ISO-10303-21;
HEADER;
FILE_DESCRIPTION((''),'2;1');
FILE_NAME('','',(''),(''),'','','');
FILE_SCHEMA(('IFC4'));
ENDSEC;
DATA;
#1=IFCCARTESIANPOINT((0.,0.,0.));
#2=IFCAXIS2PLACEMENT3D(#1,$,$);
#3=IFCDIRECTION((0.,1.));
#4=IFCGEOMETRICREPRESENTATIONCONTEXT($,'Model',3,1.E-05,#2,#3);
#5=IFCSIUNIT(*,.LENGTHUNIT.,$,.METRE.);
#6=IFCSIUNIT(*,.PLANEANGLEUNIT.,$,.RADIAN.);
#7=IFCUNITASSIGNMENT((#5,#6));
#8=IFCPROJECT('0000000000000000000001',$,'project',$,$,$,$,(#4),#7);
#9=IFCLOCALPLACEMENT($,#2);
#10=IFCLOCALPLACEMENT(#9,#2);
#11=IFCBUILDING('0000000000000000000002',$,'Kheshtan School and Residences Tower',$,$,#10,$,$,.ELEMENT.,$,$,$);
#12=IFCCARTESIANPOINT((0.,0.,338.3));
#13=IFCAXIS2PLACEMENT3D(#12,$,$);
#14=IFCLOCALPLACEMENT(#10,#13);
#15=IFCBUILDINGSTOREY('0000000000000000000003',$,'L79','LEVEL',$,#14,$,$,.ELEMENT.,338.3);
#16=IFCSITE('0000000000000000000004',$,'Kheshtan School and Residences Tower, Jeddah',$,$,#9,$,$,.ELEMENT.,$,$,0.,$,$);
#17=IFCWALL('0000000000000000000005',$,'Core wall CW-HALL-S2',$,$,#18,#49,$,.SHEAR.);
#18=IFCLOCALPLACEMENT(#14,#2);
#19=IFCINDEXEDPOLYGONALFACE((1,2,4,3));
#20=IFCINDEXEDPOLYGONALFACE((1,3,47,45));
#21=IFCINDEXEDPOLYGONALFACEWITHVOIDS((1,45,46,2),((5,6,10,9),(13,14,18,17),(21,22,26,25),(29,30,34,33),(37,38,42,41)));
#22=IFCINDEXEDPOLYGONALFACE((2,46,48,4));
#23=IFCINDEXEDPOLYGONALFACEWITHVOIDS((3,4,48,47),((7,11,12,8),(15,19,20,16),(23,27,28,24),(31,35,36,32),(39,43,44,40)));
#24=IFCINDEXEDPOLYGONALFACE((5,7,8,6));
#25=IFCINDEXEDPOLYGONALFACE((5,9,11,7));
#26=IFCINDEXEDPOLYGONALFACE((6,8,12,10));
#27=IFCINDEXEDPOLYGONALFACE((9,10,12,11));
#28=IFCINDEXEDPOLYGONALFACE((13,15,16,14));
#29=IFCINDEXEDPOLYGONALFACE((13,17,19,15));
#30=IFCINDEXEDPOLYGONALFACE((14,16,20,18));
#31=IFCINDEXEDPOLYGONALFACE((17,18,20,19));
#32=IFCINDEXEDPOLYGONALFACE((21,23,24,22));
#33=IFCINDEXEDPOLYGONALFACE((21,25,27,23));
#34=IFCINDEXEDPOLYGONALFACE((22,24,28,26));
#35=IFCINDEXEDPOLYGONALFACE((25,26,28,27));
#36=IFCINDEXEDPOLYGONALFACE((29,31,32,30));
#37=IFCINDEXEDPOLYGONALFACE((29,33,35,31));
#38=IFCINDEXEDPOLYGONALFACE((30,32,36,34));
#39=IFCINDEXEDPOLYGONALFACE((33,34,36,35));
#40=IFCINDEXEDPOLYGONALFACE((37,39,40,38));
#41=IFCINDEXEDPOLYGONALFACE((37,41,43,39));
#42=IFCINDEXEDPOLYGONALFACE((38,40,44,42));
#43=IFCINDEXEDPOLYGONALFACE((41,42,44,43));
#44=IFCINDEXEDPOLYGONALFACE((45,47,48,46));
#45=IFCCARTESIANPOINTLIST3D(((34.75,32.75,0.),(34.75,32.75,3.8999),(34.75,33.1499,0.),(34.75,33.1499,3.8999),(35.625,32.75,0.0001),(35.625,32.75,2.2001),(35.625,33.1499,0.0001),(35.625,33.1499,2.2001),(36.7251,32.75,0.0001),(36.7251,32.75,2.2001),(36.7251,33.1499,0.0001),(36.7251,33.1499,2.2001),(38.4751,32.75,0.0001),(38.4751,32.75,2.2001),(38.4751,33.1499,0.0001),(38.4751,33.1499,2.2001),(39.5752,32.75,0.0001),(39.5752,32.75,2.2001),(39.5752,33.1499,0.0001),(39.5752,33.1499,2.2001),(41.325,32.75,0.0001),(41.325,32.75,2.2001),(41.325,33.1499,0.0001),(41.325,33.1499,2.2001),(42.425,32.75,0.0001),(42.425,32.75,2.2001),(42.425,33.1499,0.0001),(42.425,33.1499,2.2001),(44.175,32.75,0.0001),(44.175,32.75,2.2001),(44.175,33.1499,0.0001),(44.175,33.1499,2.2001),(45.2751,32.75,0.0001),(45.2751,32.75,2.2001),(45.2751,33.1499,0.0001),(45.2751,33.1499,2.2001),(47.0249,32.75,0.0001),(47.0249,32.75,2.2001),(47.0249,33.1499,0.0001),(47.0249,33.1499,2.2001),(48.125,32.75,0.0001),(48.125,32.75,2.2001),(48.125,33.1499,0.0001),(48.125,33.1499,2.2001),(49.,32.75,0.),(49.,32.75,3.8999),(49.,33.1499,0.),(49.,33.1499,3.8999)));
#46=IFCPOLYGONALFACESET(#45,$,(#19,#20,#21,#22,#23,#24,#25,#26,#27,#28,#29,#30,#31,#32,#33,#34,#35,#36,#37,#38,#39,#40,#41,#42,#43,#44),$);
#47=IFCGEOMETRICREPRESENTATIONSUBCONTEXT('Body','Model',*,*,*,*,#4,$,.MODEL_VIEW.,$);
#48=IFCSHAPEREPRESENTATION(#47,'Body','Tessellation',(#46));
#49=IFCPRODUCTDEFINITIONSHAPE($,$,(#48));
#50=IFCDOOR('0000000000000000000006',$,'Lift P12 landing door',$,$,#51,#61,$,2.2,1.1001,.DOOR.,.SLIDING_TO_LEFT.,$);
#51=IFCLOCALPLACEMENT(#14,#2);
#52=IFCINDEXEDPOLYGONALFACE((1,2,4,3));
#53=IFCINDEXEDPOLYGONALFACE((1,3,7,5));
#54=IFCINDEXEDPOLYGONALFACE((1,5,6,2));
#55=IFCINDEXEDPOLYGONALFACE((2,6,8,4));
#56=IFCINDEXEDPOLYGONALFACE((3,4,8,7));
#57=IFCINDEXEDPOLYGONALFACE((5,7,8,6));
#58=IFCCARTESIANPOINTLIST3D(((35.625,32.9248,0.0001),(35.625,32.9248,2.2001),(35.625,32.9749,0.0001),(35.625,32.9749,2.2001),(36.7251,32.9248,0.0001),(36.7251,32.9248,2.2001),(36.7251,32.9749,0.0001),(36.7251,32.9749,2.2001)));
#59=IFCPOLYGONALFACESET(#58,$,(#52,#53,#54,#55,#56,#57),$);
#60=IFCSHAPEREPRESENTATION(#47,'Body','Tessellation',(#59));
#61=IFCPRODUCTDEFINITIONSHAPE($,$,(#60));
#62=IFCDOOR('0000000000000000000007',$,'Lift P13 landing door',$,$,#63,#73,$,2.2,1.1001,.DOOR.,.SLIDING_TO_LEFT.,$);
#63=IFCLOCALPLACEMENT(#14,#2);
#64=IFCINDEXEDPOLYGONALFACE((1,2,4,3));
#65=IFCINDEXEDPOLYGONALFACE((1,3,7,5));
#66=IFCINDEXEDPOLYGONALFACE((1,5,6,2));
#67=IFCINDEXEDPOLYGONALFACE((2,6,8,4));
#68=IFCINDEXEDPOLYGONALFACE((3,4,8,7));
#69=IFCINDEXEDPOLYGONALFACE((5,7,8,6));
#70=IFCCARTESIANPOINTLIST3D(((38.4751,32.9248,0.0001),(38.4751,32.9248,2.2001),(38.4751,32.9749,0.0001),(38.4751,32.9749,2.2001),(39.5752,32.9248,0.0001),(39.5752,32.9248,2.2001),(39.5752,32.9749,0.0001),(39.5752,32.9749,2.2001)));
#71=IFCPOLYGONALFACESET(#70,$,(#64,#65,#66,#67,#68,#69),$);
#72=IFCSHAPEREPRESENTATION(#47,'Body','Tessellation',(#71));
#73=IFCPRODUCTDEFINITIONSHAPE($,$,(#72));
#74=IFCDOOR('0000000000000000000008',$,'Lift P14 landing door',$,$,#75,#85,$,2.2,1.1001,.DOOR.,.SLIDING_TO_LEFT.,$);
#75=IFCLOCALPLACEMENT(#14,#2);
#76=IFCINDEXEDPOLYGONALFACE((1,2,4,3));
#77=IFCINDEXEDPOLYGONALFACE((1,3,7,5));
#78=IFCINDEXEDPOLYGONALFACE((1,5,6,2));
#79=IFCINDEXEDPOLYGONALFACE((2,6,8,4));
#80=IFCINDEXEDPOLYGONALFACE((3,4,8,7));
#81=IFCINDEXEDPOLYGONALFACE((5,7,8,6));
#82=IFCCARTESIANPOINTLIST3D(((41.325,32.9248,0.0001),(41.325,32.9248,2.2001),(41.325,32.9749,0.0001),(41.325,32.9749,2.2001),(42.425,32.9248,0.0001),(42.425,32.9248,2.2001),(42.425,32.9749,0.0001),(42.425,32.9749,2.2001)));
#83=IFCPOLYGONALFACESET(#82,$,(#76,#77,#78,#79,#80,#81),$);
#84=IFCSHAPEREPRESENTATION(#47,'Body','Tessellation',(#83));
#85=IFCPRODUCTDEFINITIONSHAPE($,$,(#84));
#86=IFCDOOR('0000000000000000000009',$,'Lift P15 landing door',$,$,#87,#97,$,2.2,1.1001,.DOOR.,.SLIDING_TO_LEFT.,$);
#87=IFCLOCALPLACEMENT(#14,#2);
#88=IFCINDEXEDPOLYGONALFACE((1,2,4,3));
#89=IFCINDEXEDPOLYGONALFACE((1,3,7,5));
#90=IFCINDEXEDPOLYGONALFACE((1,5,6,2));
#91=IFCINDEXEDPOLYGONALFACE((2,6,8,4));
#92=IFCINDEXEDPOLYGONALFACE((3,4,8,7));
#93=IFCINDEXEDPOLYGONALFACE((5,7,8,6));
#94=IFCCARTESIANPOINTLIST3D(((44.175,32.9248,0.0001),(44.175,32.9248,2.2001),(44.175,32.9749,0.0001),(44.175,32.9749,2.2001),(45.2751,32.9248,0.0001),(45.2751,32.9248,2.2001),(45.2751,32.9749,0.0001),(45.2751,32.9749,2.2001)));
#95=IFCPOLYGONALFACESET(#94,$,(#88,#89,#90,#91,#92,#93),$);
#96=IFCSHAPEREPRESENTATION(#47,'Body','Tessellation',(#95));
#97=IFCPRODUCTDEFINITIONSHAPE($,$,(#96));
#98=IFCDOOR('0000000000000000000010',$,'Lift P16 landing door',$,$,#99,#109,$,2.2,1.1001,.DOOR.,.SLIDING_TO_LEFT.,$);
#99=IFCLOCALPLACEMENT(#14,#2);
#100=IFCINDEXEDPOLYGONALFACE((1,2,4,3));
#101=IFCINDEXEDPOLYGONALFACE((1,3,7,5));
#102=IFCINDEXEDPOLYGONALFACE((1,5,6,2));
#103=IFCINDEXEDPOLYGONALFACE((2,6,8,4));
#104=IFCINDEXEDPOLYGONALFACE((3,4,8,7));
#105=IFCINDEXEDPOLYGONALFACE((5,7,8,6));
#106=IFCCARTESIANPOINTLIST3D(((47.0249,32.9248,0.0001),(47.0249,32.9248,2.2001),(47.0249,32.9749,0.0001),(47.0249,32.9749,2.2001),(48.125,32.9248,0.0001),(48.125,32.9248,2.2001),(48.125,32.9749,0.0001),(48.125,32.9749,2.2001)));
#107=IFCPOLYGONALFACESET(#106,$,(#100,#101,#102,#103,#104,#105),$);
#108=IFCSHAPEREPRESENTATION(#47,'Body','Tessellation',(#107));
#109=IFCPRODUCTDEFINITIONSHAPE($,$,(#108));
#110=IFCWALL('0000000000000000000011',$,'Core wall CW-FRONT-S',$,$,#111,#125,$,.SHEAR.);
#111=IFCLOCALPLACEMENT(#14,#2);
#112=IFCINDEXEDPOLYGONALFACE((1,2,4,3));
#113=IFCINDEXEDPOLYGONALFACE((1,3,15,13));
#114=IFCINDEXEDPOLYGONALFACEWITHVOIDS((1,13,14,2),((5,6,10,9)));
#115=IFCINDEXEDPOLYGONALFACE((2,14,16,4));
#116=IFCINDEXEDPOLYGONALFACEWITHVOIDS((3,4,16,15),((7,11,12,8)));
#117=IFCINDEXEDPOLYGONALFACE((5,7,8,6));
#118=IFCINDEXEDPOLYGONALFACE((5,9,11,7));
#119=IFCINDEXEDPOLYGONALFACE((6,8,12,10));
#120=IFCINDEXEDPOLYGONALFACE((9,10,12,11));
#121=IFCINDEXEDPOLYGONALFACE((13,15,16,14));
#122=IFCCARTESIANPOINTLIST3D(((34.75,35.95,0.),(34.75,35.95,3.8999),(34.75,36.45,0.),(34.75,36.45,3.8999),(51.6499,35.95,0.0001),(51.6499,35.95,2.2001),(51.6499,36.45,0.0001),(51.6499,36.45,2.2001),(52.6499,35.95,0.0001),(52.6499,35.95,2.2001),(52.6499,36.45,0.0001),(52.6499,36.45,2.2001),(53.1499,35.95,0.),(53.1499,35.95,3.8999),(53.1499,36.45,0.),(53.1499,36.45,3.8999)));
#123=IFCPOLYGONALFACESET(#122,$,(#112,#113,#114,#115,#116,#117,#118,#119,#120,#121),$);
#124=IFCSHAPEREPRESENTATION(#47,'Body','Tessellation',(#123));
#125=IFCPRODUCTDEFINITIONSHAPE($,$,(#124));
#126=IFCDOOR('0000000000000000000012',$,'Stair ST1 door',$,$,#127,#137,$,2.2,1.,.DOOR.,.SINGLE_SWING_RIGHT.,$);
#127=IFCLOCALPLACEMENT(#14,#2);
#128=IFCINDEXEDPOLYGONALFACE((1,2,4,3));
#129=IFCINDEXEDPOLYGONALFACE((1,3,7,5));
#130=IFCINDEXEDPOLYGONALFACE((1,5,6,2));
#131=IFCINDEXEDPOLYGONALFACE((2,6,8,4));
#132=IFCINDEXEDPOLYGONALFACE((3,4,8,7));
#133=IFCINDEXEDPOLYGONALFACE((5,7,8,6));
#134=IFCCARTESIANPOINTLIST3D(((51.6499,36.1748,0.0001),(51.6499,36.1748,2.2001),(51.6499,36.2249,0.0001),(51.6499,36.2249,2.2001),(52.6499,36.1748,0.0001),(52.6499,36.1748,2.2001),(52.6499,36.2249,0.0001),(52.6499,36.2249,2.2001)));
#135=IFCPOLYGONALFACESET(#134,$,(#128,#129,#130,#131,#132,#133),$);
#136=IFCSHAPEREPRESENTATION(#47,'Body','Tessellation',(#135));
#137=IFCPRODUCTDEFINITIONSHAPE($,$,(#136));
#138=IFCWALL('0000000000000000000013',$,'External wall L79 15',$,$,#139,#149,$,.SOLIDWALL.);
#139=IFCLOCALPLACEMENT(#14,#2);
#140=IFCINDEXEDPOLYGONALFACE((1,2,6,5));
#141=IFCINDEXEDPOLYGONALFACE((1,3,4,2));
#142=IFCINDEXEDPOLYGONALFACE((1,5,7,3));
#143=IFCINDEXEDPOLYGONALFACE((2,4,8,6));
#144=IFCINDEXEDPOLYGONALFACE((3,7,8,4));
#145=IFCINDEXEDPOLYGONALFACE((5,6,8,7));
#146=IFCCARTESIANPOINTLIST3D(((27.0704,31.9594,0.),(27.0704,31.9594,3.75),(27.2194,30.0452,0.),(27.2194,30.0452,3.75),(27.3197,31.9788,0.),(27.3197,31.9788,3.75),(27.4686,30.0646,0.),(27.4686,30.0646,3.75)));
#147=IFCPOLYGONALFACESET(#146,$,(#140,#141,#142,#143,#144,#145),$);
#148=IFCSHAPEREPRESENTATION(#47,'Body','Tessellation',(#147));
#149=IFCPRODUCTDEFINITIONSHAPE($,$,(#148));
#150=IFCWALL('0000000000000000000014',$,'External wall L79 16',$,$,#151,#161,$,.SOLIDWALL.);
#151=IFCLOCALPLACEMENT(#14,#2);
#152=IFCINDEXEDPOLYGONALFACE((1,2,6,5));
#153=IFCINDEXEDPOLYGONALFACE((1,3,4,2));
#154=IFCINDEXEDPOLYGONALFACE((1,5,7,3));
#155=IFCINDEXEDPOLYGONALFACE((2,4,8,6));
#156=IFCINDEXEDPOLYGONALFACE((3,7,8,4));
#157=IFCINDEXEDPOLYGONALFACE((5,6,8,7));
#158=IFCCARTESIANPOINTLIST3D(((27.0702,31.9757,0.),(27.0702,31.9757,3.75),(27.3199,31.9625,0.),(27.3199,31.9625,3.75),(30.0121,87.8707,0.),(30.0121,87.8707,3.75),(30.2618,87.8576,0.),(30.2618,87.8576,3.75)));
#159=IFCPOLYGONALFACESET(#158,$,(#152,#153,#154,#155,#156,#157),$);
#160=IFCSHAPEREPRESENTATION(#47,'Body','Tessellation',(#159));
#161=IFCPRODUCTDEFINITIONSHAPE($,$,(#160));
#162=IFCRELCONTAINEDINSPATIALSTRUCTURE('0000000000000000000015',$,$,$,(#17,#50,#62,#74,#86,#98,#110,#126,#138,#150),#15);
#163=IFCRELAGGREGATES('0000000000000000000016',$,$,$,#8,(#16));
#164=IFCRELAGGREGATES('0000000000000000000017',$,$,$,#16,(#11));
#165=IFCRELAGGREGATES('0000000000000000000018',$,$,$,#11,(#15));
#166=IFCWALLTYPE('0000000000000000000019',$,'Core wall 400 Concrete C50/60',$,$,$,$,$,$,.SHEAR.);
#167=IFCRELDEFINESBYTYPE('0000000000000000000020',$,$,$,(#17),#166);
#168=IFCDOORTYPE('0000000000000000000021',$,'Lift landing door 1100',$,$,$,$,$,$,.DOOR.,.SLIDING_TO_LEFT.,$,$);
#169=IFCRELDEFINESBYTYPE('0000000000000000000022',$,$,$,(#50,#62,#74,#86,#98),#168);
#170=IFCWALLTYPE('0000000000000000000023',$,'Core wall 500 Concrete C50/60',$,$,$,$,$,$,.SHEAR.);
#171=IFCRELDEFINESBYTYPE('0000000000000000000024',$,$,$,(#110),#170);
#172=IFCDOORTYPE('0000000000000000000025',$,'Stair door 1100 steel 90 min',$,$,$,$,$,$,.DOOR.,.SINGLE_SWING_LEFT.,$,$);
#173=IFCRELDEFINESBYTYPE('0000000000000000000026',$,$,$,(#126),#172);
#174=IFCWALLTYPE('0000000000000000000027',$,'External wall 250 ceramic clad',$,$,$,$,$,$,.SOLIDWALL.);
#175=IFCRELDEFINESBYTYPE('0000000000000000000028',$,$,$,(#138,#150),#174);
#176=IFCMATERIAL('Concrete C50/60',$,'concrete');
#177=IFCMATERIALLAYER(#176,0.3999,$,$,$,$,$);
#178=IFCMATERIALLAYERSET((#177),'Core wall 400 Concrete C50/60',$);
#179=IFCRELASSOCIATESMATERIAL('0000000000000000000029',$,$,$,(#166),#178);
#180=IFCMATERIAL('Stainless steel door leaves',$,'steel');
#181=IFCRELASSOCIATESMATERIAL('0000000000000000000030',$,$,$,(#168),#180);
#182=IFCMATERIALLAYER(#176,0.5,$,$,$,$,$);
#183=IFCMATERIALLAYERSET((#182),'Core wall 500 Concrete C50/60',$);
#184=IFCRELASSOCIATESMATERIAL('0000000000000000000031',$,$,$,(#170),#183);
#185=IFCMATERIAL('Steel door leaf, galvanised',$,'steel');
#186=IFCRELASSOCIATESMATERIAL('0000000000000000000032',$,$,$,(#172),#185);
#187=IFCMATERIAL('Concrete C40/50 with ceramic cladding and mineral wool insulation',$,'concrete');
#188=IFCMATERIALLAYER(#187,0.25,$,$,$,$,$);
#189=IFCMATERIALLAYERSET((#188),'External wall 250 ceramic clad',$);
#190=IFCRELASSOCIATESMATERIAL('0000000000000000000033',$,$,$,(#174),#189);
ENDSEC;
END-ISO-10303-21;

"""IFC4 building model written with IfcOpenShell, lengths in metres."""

from ifc_helpers import new_model, si_unit, direction, frame, frame_2d, origin, place, context, subcontext, project, spatial, rectangle, extrude, source, transform, mapped, material, layer, layer_set, type_object, element, fill, save


model = new_model("IFC4")

# Units and contexts
model_context = context("Model", 3, precision=1e-05, world=origin(), true_north=direction((0.0, 1.0)))
body_context = subcontext(model_context, "Body", "Model", "MODEL_VIEW")
ifc_project = project(units=[si_unit("LENGTHUNIT", "METRE"), si_unit("PLANEANGLEUNIT", "RADIAN")], contexts=[model_context])

# Site, building, storey
site_placement = place(None, origin())
site = spatial("IfcSite", under=ifc_project, at=site_placement, Name="Kheshtan School and Residences Tower, Jeddah", CompositionType="ELEMENT", RefElevation=0.0)
building_placement = place(site_placement, origin())
building = spatial("IfcBuilding", under=site, at=building_placement, Name="Kheshtan School and Residences Tower", CompositionType="ELEMENT")
storey_placement = place(building_placement, frame((0.0, 0.0, 338.3)))
storey = spatial("IfcBuildingStorey", under=building, at=storey_placement, Name="L79", Description="LEVEL", CompositionType="ELEMENT", Elevation=338.3)

# Wall, openings, doors
ifc_material_1 = material(Name="Concrete C50/60", Category="concrete")
ifc_layer_1 = layer(ifc_material_1, 0.3999)
ifc_layer_set_1 = layer_set([ifc_layer_1], Name="Core wall 400 Concrete C50/60")
wall_type_1 = type_object("IfcWallType", Name="Core wall 400 Concrete C50/60", PredefinedType="SHEAR", material=ifc_layer_set_1)
wall_1_placement = place(storey_placement, frame((34.75, 32.95, 0.0), z_axis=(0.0, 0.0, 1.0), x_axis=(1.0, 0.0, 0.0)))
wall_1 = element("IfcWall", 1, at=wall_1_placement, inside=storey, type_object=wall_type_1, Name="Core wall CW-HALL-S2", PredefinedType="SHEAR", context=body_context, shape_type="SweptSolid", body=[
    extrude(rectangle(XDim=14.25, YDim=0.3999, at=frame_2d((7.125, 0.0))), origin(), (0.0, 0.0, 1.0), 3.8999),
])
opening_1_placement = place(wall_1_placement, frame((0.875, 0.0, 0.0)))
opening_1 = element("IfcOpeningElement", 2, at=opening_1_placement, cuts=wall_1, PredefinedType="OPENING", context=body_context, shape_type="SweptSolid", body=[
    extrude(rectangle(XDim=1.1001, YDim=2.2, at=frame_2d((0.55, 1.1001))), frame((0.0, 0.21, 0.0), z_axis=(0.0, -1.0, 0.0), x_axis=(1.0, 0.0, 0.0)), (0.0, 0.0, 1.0), 0.4199),
])
opening_2_placement = place(wall_1_placement, frame((3.7251, 0.0, 0.0)))
opening_2 = element("IfcOpeningElement", 3, at=opening_2_placement, cuts=wall_1, PredefinedType="OPENING", context=body_context, shape_type="SweptSolid", body=[
    extrude(rectangle(XDim=1.1001, YDim=2.2, at=frame_2d((0.55, 1.1001))), frame((0.0, 0.21, 0.0), z_axis=(0.0, -1.0, 0.0), x_axis=(1.0, 0.0, 0.0)), (0.0, 0.0, 1.0), 0.4199),
])
opening_3_placement = place(wall_1_placement, frame((6.575, 0.0, 0.0)))
opening_3 = element("IfcOpeningElement", 4, at=opening_3_placement, cuts=wall_1, PredefinedType="OPENING", context=body_context, shape_type="SweptSolid", body=[
    extrude(rectangle(XDim=1.1001, YDim=2.2, at=frame_2d((0.55, 1.1001))), frame((0.0, 0.21, 0.0), z_axis=(0.0, -1.0, 0.0), x_axis=(1.0, 0.0, 0.0)), (0.0, 0.0, 1.0), 0.4199),
])
opening_4_placement = place(wall_1_placement, frame((9.425, 0.0, 0.0)))
opening_4 = element("IfcOpeningElement", 5, at=opening_4_placement, cuts=wall_1, PredefinedType="OPENING", context=body_context, shape_type="SweptSolid", body=[
    extrude(rectangle(XDim=1.1001, YDim=2.2, at=frame_2d((0.55, 1.1001))), frame((0.0, 0.21, 0.0), z_axis=(0.0, -1.0, 0.0), x_axis=(1.0, 0.0, 0.0)), (0.0, 0.0, 1.0), 0.4199),
])
opening_5_placement = place(wall_1_placement, frame((12.2749, 0.0, 0.0)))
opening_5 = element("IfcOpeningElement", 6, at=opening_5_placement, cuts=wall_1, PredefinedType="OPENING", context=body_context, shape_type="SweptSolid", body=[
    extrude(rectangle(XDim=1.1001, YDim=2.2, at=frame_2d((0.55, 1.1001))), frame((0.0, 0.21, 0.0), z_axis=(0.0, -1.0, 0.0), x_axis=(1.0, 0.0, 0.0)), (0.0, 0.0, 1.0), 0.4199),
])
ifc_material_2 = material(Name="Stainless steel door leaves", Category="steel")
door_type_1 = type_object("IfcDoorType", Name="Lift landing door 1100", OperationType="SLIDING_TO_LEFT", PredefinedType="DOOR", material=ifc_material_2)
shared_shape_1 = source(origin(), body_context, "Body", "SweptSolid", [
    extrude(rectangle(XDim=1.1001, YDim=2.2, at=frame_2d((0.55, 1.1001))), frame((0.0, 0.0249, 0.0), z_axis=(0.0, -1.0, 0.0), x_axis=(1.0, 0.0, 0.0)), (0.0, 0.0, 1.0), 0.05),
])
door_1_placement = place(opening_1_placement, origin())
door_1 = element("IfcDoor", 7, at=door_1_placement, inside=storey, type_object=door_type_1, Name="Lift P12 landing door", OperationType="SLIDING_TO_LEFT", OverallHeight=2.2, OverallWidth=1.1001, PredefinedType="DOOR", context=body_context, shape_type="MappedRepresentation", body=[
    mapped(shared_shape_1, transform((0.0, 0.0, 0.0), x_axis=(1.0, 0.0, 0.0), y_axis=(0.0, 1.0, 0.0), z_axis=(0.0, 0.0, 1.0), scale=1.0)),
])
fill(opening_1, door_1)
door_2_placement = place(opening_2_placement, origin())
door_2 = element("IfcDoor", 8, at=door_2_placement, inside=storey, type_object=door_type_1, Name="Lift P13 landing door", OperationType="SLIDING_TO_LEFT", OverallHeight=2.2, OverallWidth=1.1001, PredefinedType="DOOR", context=body_context, shape_type="MappedRepresentation", body=[
    mapped(shared_shape_1, transform((0.0, 0.0, 0.0), x_axis=(1.0, 0.0, 0.0), y_axis=(0.0, 1.0, 0.0), z_axis=(0.0, 0.0, 1.0), scale=1.0)),
])
fill(opening_2, door_2)
door_3_placement = place(opening_3_placement, origin())
door_3 = element("IfcDoor", 9, at=door_3_placement, inside=storey, type_object=door_type_1, Name="Lift P14 landing door", OperationType="SLIDING_TO_LEFT", OverallHeight=2.2, OverallWidth=1.1001, PredefinedType="DOOR", context=body_context, shape_type="MappedRepresentation", body=[
    mapped(shared_shape_1, transform((0.0, 0.0, 0.0), x_axis=(1.0, 0.0, 0.0), y_axis=(0.0, 1.0, 0.0), z_axis=(0.0, 0.0, 1.0), scale=1.0)),
])
fill(opening_3, door_3)
door_4_placement = place(opening_4_placement, origin())
door_4 = element("IfcDoor", 10, at=door_4_placement, inside=storey, type_object=door_type_1, Name="Lift P15 landing door", OperationType="SLIDING_TO_LEFT", OverallHeight=2.2, OverallWidth=1.1001, PredefinedType="DOOR", context=body_context, shape_type="MappedRepresentation", body=[
    mapped(shared_shape_1, transform((0.0, 0.0, 0.0), x_axis=(1.0, 0.0, 0.0), y_axis=(0.0, 1.0, 0.0), z_axis=(0.0, 0.0, 1.0), scale=1.0)),
])
fill(opening_4, door_4)
door_5_placement = place(opening_5_placement, origin())
door_5 = element("IfcDoor", 11, at=door_5_placement, inside=storey, type_object=door_type_1, Name="Lift P16 landing door", OperationType="SLIDING_TO_LEFT", OverallHeight=2.2, OverallWidth=1.1001, PredefinedType="DOOR", context=body_context, shape_type="MappedRepresentation", body=[
    mapped(shared_shape_1, transform((0.0, 0.0, 0.0), x_axis=(1.0, 0.0, 0.0), y_axis=(0.0, 1.0, 0.0), z_axis=(0.0, 0.0, 1.0), scale=1.0)),
])
fill(opening_5, door_5)

# Wall, opening, door
ifc_layer_2 = layer(ifc_material_1, 0.5)
ifc_layer_set_2 = layer_set([ifc_layer_2], Name="Core wall 500 Concrete C50/60")
wall_type_2 = type_object("IfcWallType", Name="Core wall 500 Concrete C50/60", PredefinedType="SHEAR", material=ifc_layer_set_2)
wall_2_placement = place(storey_placement, frame((34.75, 36.2, 0.0), z_axis=(0.0, 0.0, 1.0), x_axis=(1.0, 0.0, 0.0)))
wall_2 = element("IfcWall", 12, at=wall_2_placement, inside=storey, type_object=wall_type_2, Name="Core wall CW-FRONT-S", PredefinedType="SHEAR", context=body_context, shape_type="SweptSolid", body=[
    extrude(rectangle(XDim=18.3999, YDim=0.5, at=frame_2d((9.2, 0.0))), origin(), (0.0, 0.0, 1.0), 3.8999),
])
opening_6_placement = place(wall_2_placement, frame((16.8999, 0.0, 0.0)))
opening_6 = element("IfcOpeningElement", 13, at=opening_6_placement, cuts=wall_2, PredefinedType="OPENING", context=body_context, shape_type="SweptSolid", body=[
    extrude(rectangle(XDim=1.0, YDim=2.2, at=frame_2d((0.5, 1.1001))), frame((0.0, 0.26, 0.0), z_axis=(0.0, -1.0, 0.0), x_axis=(1.0, 0.0, 0.0)), (0.0, 0.0, 1.0), 0.52),
])
ifc_material_3 = material(Name="Steel door leaf, galvanised", Category="steel")
door_type_2 = type_object("IfcDoorType", Name="Stair door 1100 steel 90 min", OperationType="SINGLE_SWING_LEFT", PredefinedType="DOOR", material=ifc_material_3)
shared_shape_2 = source(origin(), body_context, "Body", "SweptSolid", [
    extrude(rectangle(XDim=1.0, YDim=2.2, at=frame_2d((0.5, 1.1001))), frame((0.0, 0.0249, 0.0), z_axis=(0.0, -1.0, 0.0), x_axis=(1.0, 0.0, 0.0)), (0.0, 0.0, 1.0), 0.05),
])
door_6_placement = place(opening_6_placement, origin())
door_6 = element("IfcDoor", 14, at=door_6_placement, inside=storey, type_object=door_type_2, Name="Stair ST1 door", OperationType="SINGLE_SWING_RIGHT", OverallHeight=2.2, OverallWidth=1.0, PredefinedType="DOOR", context=body_context, shape_type="MappedRepresentation", body=[
    mapped(shared_shape_2, transform((0.0, 0.0, 0.0), x_axis=(1.0, 0.0, 0.0), y_axis=(0.0, 1.0, 0.0), z_axis=(0.0, 0.0, 1.0), scale=1.0)),
])
fill(opening_6, door_6)

# Walls
ifc_material_4 = material(Name="Concrete C40/50 with ceramic cladding and mineral wool insulation", Category="concrete")
ifc_layer_3 = layer(ifc_material_4, 0.25)
ifc_layer_set_3 = layer_set([ifc_layer_3], Name="External wall 250 ceramic clad")
wall_type_3 = type_object("IfcWallType", Name="External wall 250 ceramic clad", PredefinedType="SOLIDWALL", material=ifc_layer_set_3)
wall_3_placement = place(storey_placement, frame((27.344, 30.0549, 0.0), z_axis=(0.0, 0.0, 1.0), x_axis=(-0.077572, 0.996987, 0.0)))
element("IfcWall", 15, at=wall_3_placement, inside=storey, type_object=wall_type_3, Name="External wall L79 15", PredefinedType="SOLIDWALL", context=body_context, shape_type="SweptSolid", body=[
    extrude(rectangle(XDim=1.9199, YDim=0.25, at=frame_2d((0.96, 0.0))), origin(), (0.0, 0.0, 1.0), 3.75),
])
wall_4_placement = place(storey_placement, frame((27.1951, 31.969, 0.0), z_axis=(0.0, 0.0, 1.0), x_axis=(0.05256, 0.998618, 0.0)))
element("IfcWall", 16, at=wall_4_placement, inside=storey, type_object=wall_type_3, Name="External wall L79 16", PredefinedType="SOLIDWALL", context=body_context, shape_type="SweptSolid", body=[
    extrude(rectangle(XDim=55.9724, YDim=0.25, at=frame_2d((27.9863, 0.0))), origin(), (0.0, 0.0, 1.0), 3.75),
])

save(model, "model.ifc")
